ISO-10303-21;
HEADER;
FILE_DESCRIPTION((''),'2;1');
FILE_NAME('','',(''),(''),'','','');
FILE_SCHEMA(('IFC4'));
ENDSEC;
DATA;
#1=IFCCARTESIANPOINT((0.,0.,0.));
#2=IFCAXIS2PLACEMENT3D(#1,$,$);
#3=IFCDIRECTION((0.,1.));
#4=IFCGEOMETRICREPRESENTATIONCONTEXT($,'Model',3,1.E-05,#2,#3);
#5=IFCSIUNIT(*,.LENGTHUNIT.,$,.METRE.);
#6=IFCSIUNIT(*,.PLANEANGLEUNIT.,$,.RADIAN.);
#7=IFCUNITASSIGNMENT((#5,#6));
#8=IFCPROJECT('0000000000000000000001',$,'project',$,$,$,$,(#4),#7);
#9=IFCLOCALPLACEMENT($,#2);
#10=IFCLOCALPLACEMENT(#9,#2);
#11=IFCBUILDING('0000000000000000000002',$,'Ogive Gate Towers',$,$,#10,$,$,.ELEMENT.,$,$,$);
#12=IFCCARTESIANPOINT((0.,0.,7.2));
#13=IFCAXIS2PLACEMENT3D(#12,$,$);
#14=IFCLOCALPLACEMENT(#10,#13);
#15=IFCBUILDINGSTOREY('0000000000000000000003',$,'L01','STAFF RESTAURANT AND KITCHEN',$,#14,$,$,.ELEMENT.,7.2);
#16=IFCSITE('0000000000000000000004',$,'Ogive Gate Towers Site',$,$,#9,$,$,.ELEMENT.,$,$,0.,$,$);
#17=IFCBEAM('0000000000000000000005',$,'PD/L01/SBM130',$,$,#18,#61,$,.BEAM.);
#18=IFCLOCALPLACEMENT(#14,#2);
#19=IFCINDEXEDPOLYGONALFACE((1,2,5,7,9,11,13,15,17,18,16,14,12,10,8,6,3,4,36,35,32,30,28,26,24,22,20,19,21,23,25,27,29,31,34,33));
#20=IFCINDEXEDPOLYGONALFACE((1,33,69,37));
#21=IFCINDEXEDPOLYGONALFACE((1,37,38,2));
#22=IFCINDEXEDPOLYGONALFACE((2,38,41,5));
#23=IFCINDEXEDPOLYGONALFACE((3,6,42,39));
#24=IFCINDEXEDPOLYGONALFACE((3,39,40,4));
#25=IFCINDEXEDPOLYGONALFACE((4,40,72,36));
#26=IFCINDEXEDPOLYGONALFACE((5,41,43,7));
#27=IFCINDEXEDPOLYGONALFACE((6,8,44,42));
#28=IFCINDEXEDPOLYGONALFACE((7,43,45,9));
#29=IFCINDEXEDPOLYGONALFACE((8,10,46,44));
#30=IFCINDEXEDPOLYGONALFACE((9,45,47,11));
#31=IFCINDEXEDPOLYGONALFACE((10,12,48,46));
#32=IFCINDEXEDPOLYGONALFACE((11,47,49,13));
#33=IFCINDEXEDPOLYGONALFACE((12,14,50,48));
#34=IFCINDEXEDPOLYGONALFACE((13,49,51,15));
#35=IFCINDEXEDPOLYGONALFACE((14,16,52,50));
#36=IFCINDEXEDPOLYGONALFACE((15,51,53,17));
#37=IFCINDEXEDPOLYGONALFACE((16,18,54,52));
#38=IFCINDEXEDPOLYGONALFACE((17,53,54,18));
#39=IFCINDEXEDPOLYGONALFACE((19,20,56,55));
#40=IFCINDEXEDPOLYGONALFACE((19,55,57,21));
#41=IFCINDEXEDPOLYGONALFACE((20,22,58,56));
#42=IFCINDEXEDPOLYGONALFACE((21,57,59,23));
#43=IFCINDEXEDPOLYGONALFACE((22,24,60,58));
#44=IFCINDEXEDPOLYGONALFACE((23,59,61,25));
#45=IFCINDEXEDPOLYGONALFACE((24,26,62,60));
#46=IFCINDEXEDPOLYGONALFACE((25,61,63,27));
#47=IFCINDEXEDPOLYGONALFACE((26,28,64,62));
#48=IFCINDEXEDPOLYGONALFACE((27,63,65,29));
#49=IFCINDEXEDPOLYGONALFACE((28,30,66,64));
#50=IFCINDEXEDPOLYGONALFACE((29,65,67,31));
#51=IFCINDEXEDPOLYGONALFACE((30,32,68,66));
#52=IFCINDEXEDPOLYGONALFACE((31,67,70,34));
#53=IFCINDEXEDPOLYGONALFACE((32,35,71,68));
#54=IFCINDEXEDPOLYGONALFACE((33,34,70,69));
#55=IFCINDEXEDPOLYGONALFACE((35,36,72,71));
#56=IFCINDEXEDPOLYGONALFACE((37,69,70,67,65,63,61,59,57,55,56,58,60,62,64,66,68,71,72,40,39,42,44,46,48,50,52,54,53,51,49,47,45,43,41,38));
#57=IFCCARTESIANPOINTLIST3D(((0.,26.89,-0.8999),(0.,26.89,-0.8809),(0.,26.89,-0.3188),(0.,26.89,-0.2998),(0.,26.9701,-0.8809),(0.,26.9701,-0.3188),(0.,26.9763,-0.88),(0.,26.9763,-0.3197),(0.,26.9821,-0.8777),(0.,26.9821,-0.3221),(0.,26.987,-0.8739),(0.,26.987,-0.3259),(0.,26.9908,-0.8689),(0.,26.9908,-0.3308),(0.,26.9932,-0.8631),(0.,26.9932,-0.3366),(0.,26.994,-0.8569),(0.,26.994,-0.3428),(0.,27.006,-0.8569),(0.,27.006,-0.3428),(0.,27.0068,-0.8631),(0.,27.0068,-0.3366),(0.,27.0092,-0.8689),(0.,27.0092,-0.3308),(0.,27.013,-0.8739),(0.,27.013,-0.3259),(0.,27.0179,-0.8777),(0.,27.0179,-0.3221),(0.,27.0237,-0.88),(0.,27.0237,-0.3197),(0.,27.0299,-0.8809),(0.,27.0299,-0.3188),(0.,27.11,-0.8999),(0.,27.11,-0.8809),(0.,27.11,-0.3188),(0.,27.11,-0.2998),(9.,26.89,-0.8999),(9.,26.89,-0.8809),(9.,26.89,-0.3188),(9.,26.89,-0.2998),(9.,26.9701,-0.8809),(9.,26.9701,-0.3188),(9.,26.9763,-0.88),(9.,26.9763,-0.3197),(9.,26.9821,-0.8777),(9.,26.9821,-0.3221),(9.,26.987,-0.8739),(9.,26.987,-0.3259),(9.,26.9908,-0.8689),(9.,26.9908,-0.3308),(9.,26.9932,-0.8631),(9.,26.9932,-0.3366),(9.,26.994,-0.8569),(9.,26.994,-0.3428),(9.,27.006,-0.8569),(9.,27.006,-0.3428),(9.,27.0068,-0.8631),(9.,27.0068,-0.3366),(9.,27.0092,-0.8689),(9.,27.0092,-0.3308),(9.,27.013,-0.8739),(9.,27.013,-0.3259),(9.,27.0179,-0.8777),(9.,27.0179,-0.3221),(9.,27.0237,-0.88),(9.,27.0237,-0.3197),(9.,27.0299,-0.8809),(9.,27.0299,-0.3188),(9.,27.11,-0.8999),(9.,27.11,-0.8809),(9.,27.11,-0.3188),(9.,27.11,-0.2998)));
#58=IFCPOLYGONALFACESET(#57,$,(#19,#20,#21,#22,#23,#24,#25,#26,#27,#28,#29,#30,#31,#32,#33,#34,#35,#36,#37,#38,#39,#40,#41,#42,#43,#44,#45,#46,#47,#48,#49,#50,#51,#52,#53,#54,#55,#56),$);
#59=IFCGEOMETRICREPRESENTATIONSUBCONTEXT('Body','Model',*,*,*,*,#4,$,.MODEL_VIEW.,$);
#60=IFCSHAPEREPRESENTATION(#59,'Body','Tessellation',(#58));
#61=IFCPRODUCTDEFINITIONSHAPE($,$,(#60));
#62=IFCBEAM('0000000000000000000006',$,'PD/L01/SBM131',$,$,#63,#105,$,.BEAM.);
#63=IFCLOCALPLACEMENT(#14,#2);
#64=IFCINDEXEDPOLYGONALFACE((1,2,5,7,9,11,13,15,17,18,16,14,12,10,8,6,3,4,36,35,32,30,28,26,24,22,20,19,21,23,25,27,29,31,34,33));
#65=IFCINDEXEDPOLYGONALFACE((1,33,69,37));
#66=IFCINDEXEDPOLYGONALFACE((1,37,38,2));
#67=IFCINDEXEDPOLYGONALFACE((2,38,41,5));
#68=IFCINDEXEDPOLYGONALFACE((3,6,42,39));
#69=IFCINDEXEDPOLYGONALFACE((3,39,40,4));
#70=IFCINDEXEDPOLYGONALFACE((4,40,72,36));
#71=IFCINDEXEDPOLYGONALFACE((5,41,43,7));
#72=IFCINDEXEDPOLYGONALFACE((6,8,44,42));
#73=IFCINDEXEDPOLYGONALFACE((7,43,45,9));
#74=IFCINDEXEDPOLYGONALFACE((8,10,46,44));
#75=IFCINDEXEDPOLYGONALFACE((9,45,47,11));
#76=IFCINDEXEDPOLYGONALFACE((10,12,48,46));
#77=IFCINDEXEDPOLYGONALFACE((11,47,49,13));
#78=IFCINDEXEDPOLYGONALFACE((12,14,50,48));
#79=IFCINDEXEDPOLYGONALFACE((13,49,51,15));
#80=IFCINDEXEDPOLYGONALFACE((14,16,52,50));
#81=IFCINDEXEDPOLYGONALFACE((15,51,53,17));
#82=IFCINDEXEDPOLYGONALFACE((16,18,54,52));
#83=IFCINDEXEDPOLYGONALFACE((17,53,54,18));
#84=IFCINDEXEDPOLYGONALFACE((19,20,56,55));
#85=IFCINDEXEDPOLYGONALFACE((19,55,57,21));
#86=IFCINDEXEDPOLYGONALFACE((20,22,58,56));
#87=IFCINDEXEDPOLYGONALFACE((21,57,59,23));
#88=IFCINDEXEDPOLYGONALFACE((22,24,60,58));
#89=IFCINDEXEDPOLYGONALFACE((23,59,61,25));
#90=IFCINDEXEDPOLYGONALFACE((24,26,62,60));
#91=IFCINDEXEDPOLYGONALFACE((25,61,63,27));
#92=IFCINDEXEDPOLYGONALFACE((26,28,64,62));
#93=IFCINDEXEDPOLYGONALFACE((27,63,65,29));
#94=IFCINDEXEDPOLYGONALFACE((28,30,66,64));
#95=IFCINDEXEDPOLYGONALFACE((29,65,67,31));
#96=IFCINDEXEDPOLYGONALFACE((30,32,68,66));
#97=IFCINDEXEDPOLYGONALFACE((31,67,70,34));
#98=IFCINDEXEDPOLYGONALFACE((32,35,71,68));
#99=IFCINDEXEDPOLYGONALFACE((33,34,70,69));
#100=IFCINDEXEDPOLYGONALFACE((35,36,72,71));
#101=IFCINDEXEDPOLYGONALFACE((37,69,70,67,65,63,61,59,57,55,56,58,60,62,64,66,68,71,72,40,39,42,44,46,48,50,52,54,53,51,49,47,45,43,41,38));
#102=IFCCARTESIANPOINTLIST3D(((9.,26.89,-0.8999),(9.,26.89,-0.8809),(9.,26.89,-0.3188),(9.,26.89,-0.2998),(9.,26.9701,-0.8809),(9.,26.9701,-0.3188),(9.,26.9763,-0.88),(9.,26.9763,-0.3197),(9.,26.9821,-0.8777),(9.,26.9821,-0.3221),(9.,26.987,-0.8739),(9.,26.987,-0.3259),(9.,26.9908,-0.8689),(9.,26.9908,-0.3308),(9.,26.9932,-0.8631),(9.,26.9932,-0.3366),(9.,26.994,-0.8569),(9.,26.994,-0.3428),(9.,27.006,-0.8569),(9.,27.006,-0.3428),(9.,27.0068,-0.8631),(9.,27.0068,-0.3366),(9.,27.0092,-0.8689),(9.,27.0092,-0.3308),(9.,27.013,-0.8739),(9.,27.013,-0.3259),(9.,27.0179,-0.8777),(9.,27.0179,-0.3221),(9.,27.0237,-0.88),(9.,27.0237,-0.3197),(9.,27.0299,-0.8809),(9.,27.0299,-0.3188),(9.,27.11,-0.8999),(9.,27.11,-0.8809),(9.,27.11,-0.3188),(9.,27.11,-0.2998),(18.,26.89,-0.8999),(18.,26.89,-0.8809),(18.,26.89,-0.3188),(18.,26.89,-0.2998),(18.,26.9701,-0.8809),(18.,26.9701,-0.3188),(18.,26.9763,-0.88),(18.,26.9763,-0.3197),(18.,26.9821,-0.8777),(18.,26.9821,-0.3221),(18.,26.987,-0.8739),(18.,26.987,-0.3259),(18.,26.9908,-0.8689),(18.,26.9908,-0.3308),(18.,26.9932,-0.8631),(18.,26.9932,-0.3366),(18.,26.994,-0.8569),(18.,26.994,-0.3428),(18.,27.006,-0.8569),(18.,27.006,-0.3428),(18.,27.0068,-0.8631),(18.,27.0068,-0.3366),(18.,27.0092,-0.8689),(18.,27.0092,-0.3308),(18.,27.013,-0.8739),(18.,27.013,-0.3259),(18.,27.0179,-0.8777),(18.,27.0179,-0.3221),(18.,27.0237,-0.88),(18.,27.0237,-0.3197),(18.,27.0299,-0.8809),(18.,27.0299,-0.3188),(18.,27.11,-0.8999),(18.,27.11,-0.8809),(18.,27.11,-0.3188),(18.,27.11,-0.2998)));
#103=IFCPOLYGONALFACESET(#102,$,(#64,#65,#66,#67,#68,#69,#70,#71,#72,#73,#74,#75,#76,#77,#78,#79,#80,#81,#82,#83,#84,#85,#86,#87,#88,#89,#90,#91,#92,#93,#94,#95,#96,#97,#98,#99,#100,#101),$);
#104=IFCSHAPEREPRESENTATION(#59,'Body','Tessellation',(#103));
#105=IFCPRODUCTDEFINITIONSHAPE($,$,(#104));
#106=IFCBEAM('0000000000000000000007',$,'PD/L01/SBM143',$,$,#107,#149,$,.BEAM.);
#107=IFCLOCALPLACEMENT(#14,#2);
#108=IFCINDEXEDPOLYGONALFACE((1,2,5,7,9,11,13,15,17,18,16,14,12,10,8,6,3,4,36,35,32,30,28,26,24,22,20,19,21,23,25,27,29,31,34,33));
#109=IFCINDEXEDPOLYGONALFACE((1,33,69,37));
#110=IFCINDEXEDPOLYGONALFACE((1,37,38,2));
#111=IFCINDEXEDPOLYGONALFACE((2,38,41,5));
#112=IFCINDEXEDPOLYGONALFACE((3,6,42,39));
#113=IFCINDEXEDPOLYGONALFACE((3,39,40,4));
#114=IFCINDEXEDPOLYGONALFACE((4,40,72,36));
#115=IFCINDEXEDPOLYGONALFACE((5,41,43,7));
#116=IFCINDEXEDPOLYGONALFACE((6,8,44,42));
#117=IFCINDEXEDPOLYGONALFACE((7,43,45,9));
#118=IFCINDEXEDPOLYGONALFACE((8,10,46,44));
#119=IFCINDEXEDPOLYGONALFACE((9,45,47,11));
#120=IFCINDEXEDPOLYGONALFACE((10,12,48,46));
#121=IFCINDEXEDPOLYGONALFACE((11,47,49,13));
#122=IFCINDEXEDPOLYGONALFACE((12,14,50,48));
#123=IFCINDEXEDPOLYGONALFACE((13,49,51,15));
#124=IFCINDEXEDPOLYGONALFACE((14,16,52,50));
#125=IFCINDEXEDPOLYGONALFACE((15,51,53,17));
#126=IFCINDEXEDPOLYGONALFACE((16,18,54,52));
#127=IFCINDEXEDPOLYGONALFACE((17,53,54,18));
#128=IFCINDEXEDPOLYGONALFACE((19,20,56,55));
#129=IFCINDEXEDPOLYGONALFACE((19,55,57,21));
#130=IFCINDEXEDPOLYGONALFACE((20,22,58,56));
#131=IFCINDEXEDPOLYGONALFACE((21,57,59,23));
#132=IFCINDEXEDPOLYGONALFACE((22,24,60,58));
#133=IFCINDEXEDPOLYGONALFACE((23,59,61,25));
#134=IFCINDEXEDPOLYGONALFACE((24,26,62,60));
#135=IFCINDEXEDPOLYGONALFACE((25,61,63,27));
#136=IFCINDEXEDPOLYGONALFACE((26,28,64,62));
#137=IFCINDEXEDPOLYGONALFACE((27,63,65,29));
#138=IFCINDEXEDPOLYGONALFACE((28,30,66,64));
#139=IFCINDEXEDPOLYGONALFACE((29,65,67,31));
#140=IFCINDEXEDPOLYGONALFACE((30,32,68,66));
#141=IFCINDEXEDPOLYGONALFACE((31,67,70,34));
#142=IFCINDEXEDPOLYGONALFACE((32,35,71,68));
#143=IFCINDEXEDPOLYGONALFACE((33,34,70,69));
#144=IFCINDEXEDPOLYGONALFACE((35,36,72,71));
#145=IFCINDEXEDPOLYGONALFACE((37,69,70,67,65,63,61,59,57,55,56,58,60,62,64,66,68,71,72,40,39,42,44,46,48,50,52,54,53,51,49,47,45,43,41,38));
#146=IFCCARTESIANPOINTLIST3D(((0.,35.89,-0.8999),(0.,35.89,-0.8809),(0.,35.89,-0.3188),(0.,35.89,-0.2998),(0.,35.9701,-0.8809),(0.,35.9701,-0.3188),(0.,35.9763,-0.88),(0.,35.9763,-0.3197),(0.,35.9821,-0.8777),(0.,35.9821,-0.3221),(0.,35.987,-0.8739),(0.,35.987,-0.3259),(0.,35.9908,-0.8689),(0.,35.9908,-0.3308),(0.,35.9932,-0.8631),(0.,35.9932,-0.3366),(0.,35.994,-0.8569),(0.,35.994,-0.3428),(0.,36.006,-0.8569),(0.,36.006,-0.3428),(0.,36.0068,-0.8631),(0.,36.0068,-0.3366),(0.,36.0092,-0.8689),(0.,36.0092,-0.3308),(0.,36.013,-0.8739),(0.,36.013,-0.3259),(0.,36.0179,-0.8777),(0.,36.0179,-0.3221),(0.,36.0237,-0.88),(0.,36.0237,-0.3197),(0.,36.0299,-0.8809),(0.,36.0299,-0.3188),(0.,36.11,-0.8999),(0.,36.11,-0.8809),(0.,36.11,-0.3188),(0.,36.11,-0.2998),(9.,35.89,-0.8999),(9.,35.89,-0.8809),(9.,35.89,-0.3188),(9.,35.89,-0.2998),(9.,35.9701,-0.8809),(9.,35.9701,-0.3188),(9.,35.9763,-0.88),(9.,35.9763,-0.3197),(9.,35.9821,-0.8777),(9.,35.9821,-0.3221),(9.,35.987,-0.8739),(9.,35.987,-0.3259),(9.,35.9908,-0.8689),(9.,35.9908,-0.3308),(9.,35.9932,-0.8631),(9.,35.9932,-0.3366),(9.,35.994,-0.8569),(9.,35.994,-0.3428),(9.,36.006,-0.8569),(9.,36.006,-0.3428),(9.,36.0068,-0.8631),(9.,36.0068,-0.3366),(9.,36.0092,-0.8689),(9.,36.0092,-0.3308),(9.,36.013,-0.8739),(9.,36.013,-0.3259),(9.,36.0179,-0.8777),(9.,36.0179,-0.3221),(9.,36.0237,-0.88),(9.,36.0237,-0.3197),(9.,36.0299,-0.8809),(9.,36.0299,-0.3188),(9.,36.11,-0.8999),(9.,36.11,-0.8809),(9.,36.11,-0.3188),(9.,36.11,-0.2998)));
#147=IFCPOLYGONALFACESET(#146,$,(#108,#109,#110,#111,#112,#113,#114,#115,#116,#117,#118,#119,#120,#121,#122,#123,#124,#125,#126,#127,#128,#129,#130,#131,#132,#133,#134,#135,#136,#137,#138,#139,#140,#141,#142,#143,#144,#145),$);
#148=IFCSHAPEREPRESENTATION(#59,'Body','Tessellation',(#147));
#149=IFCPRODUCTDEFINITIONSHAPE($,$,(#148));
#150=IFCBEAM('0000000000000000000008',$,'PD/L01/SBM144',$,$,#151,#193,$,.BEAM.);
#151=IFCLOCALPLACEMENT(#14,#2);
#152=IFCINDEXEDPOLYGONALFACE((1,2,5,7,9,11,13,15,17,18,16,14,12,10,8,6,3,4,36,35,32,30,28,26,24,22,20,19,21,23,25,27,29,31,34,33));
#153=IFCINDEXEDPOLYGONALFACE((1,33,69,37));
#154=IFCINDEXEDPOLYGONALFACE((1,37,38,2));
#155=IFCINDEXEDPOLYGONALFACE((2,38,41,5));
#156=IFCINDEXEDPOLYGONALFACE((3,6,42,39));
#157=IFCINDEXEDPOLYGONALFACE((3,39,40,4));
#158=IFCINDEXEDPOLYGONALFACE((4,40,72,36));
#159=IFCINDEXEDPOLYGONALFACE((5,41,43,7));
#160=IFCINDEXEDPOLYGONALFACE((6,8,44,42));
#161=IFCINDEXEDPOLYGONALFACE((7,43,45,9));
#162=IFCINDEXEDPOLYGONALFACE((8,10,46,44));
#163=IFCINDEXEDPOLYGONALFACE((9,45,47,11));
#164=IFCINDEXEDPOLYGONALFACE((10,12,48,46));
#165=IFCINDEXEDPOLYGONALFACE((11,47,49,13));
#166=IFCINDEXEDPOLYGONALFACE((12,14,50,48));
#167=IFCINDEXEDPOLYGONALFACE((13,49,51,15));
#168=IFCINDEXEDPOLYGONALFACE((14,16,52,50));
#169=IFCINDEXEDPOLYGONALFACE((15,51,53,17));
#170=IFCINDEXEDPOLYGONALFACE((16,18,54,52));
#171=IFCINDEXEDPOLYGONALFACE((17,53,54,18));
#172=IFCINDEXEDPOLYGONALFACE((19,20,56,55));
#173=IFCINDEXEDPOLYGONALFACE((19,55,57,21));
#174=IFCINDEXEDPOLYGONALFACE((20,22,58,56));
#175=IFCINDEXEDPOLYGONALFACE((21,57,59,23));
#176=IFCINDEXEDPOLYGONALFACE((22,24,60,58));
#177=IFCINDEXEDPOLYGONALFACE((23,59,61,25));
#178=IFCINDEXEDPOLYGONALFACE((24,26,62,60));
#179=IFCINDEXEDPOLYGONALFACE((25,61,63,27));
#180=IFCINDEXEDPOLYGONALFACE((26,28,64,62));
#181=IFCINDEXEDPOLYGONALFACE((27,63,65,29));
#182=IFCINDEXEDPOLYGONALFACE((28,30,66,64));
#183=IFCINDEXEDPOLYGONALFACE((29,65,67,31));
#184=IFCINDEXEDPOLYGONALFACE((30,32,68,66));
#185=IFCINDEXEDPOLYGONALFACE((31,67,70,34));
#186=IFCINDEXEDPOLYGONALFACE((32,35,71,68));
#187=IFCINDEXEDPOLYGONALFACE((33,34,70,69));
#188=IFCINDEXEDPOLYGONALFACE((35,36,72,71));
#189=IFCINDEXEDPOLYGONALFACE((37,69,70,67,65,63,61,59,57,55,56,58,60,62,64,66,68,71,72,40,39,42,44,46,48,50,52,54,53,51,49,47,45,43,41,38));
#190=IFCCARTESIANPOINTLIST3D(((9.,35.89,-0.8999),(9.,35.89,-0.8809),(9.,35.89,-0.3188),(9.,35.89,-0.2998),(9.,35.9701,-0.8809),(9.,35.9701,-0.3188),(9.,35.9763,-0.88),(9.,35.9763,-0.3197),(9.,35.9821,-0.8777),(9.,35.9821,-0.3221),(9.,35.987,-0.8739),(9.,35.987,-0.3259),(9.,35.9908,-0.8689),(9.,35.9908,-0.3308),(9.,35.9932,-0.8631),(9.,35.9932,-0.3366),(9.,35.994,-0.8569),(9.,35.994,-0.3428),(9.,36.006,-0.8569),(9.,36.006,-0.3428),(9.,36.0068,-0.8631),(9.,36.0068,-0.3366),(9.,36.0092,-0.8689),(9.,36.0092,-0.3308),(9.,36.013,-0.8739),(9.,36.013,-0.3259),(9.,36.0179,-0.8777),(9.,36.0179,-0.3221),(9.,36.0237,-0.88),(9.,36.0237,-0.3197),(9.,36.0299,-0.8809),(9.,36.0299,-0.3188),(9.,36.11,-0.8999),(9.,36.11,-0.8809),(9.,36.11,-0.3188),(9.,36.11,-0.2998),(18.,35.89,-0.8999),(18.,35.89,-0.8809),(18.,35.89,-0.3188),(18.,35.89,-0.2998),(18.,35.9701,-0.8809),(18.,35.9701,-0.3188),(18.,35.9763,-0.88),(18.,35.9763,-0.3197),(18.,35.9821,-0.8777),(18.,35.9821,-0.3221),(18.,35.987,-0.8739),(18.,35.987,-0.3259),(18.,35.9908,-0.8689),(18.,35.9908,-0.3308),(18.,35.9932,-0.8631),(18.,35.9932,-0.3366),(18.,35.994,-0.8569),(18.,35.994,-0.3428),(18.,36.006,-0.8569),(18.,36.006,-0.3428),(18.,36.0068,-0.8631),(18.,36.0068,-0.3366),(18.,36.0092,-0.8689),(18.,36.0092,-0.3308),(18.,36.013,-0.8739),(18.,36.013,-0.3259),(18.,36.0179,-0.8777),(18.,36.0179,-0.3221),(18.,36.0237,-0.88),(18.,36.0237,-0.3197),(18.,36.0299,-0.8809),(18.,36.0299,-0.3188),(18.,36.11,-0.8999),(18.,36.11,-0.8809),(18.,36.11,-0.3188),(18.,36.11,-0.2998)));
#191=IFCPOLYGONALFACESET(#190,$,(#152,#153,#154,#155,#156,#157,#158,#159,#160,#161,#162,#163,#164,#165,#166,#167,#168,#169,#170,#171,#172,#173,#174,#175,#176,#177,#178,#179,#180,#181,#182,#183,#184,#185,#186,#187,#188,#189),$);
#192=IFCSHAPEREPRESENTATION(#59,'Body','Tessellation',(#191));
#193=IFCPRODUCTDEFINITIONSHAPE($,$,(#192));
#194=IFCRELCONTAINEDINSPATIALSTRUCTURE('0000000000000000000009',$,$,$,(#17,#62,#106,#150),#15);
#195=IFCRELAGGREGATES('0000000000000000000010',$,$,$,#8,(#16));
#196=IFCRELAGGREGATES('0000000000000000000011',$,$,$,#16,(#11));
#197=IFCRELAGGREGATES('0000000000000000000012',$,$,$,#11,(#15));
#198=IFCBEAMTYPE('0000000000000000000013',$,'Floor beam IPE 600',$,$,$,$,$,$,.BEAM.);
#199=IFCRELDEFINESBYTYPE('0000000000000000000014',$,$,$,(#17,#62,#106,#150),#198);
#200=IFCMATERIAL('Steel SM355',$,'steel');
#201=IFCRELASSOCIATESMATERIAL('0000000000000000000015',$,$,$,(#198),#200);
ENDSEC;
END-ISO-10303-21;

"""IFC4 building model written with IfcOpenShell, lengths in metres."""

from ifc_helpers import new_model, si_unit, direction, frame, origin, origin_2d, place, context, subcontext, project, spatial, i_section, extrude, material, material_profile, profile_set, type_object, element, save


model = new_model("IFC4")

# Units and contexts
model_context = context("Model", 3, precision=1e-05, world=origin(), true_north=direction((0.0, 1.0)))
body_context = subcontext(model_context, "Body", "Model", "MODEL_VIEW")
ifc_project = project(units=[si_unit("LENGTHUNIT", "METRE"), si_unit("PLANEANGLEUNIT", "RADIAN")], contexts=[model_context])

# Site, building, storey
site_placement = place(None, origin())
site = spatial("IfcSite", under=ifc_project, at=site_placement, Name="Ogive Gate Towers Site", CompositionType="ELEMENT", RefElevation=0.0)
building_placement = place(site_placement, origin())
building = spatial("IfcBuilding", under=site, at=building_placement, Name="Ogive Gate Towers", CompositionType="ELEMENT")
storey_placement = place(building_placement, frame((0.0, 0.0, 7.2)))
storey = spatial("IfcBuildingStorey", under=building, at=storey_placement, Name="L01", Description="STAFF RESTAURANT AND KITCHEN", CompositionType="ELEMENT", Elevation=7.2)

# Beams
ifc_material_1 = material(Name="Steel SM355", Category="steel")
ifc_material_profile_1 = material_profile(ifc_material_1, i_section(OverallWidth=0.22, OverallDepth=0.6001, WebThickness=0.012, FlangeThickness=0.019, FilletRadius=0.0239, at=origin_2d()), Name="IPE 600")
ifc_profile_set_1 = profile_set([ifc_material_profile_1], Name="Steel SM355")
beam_type_1 = type_object("IfcBeamType", Name="Floor beam IPE 600", PredefinedType="BEAM", material=ifc_profile_set_1)
for number, where, z_axis, x_axis, name in (
    (1, (0.0, 27.0, -0.5999), (1.0, 0.0, 0.0), (0.0, 1.0, 0.0), "PD/L01/SBM130"),
    (2, (9.0, 27.0, -0.5999), (1.0, 0.0, 0.0), (0.0, 1.0, 0.0), "PD/L01/SBM131"),
    (3, (0.0, 36.0, -0.5999), (1.0, 0.0, 0.0), (0.0, 1.0, 0.0), "PD/L01/SBM143"),
    (4, (9.0, 36.0, -0.5999), (1.0, 0.0, 0.0), (0.0, 1.0, 0.0), "PD/L01/SBM144"),
):
    element("IfcBeam", number, at=place(storey_placement, frame(where, z_axis=z_axis, x_axis=x_axis)), inside=storey, type_object=beam_type_1, Name=name, PredefinedType="BEAM", context=body_context, shape_type="SweptSolid", body=[
        extrude(i_section(OverallWidth=0.22, OverallDepth=0.6001, WebThickness=0.012, FlangeThickness=0.019, FilletRadius=0.0239, at=origin_2d()), origin(), (0.0, 0.0, 1.0), 9.0),
    ])

save(model, "model.ifc")
